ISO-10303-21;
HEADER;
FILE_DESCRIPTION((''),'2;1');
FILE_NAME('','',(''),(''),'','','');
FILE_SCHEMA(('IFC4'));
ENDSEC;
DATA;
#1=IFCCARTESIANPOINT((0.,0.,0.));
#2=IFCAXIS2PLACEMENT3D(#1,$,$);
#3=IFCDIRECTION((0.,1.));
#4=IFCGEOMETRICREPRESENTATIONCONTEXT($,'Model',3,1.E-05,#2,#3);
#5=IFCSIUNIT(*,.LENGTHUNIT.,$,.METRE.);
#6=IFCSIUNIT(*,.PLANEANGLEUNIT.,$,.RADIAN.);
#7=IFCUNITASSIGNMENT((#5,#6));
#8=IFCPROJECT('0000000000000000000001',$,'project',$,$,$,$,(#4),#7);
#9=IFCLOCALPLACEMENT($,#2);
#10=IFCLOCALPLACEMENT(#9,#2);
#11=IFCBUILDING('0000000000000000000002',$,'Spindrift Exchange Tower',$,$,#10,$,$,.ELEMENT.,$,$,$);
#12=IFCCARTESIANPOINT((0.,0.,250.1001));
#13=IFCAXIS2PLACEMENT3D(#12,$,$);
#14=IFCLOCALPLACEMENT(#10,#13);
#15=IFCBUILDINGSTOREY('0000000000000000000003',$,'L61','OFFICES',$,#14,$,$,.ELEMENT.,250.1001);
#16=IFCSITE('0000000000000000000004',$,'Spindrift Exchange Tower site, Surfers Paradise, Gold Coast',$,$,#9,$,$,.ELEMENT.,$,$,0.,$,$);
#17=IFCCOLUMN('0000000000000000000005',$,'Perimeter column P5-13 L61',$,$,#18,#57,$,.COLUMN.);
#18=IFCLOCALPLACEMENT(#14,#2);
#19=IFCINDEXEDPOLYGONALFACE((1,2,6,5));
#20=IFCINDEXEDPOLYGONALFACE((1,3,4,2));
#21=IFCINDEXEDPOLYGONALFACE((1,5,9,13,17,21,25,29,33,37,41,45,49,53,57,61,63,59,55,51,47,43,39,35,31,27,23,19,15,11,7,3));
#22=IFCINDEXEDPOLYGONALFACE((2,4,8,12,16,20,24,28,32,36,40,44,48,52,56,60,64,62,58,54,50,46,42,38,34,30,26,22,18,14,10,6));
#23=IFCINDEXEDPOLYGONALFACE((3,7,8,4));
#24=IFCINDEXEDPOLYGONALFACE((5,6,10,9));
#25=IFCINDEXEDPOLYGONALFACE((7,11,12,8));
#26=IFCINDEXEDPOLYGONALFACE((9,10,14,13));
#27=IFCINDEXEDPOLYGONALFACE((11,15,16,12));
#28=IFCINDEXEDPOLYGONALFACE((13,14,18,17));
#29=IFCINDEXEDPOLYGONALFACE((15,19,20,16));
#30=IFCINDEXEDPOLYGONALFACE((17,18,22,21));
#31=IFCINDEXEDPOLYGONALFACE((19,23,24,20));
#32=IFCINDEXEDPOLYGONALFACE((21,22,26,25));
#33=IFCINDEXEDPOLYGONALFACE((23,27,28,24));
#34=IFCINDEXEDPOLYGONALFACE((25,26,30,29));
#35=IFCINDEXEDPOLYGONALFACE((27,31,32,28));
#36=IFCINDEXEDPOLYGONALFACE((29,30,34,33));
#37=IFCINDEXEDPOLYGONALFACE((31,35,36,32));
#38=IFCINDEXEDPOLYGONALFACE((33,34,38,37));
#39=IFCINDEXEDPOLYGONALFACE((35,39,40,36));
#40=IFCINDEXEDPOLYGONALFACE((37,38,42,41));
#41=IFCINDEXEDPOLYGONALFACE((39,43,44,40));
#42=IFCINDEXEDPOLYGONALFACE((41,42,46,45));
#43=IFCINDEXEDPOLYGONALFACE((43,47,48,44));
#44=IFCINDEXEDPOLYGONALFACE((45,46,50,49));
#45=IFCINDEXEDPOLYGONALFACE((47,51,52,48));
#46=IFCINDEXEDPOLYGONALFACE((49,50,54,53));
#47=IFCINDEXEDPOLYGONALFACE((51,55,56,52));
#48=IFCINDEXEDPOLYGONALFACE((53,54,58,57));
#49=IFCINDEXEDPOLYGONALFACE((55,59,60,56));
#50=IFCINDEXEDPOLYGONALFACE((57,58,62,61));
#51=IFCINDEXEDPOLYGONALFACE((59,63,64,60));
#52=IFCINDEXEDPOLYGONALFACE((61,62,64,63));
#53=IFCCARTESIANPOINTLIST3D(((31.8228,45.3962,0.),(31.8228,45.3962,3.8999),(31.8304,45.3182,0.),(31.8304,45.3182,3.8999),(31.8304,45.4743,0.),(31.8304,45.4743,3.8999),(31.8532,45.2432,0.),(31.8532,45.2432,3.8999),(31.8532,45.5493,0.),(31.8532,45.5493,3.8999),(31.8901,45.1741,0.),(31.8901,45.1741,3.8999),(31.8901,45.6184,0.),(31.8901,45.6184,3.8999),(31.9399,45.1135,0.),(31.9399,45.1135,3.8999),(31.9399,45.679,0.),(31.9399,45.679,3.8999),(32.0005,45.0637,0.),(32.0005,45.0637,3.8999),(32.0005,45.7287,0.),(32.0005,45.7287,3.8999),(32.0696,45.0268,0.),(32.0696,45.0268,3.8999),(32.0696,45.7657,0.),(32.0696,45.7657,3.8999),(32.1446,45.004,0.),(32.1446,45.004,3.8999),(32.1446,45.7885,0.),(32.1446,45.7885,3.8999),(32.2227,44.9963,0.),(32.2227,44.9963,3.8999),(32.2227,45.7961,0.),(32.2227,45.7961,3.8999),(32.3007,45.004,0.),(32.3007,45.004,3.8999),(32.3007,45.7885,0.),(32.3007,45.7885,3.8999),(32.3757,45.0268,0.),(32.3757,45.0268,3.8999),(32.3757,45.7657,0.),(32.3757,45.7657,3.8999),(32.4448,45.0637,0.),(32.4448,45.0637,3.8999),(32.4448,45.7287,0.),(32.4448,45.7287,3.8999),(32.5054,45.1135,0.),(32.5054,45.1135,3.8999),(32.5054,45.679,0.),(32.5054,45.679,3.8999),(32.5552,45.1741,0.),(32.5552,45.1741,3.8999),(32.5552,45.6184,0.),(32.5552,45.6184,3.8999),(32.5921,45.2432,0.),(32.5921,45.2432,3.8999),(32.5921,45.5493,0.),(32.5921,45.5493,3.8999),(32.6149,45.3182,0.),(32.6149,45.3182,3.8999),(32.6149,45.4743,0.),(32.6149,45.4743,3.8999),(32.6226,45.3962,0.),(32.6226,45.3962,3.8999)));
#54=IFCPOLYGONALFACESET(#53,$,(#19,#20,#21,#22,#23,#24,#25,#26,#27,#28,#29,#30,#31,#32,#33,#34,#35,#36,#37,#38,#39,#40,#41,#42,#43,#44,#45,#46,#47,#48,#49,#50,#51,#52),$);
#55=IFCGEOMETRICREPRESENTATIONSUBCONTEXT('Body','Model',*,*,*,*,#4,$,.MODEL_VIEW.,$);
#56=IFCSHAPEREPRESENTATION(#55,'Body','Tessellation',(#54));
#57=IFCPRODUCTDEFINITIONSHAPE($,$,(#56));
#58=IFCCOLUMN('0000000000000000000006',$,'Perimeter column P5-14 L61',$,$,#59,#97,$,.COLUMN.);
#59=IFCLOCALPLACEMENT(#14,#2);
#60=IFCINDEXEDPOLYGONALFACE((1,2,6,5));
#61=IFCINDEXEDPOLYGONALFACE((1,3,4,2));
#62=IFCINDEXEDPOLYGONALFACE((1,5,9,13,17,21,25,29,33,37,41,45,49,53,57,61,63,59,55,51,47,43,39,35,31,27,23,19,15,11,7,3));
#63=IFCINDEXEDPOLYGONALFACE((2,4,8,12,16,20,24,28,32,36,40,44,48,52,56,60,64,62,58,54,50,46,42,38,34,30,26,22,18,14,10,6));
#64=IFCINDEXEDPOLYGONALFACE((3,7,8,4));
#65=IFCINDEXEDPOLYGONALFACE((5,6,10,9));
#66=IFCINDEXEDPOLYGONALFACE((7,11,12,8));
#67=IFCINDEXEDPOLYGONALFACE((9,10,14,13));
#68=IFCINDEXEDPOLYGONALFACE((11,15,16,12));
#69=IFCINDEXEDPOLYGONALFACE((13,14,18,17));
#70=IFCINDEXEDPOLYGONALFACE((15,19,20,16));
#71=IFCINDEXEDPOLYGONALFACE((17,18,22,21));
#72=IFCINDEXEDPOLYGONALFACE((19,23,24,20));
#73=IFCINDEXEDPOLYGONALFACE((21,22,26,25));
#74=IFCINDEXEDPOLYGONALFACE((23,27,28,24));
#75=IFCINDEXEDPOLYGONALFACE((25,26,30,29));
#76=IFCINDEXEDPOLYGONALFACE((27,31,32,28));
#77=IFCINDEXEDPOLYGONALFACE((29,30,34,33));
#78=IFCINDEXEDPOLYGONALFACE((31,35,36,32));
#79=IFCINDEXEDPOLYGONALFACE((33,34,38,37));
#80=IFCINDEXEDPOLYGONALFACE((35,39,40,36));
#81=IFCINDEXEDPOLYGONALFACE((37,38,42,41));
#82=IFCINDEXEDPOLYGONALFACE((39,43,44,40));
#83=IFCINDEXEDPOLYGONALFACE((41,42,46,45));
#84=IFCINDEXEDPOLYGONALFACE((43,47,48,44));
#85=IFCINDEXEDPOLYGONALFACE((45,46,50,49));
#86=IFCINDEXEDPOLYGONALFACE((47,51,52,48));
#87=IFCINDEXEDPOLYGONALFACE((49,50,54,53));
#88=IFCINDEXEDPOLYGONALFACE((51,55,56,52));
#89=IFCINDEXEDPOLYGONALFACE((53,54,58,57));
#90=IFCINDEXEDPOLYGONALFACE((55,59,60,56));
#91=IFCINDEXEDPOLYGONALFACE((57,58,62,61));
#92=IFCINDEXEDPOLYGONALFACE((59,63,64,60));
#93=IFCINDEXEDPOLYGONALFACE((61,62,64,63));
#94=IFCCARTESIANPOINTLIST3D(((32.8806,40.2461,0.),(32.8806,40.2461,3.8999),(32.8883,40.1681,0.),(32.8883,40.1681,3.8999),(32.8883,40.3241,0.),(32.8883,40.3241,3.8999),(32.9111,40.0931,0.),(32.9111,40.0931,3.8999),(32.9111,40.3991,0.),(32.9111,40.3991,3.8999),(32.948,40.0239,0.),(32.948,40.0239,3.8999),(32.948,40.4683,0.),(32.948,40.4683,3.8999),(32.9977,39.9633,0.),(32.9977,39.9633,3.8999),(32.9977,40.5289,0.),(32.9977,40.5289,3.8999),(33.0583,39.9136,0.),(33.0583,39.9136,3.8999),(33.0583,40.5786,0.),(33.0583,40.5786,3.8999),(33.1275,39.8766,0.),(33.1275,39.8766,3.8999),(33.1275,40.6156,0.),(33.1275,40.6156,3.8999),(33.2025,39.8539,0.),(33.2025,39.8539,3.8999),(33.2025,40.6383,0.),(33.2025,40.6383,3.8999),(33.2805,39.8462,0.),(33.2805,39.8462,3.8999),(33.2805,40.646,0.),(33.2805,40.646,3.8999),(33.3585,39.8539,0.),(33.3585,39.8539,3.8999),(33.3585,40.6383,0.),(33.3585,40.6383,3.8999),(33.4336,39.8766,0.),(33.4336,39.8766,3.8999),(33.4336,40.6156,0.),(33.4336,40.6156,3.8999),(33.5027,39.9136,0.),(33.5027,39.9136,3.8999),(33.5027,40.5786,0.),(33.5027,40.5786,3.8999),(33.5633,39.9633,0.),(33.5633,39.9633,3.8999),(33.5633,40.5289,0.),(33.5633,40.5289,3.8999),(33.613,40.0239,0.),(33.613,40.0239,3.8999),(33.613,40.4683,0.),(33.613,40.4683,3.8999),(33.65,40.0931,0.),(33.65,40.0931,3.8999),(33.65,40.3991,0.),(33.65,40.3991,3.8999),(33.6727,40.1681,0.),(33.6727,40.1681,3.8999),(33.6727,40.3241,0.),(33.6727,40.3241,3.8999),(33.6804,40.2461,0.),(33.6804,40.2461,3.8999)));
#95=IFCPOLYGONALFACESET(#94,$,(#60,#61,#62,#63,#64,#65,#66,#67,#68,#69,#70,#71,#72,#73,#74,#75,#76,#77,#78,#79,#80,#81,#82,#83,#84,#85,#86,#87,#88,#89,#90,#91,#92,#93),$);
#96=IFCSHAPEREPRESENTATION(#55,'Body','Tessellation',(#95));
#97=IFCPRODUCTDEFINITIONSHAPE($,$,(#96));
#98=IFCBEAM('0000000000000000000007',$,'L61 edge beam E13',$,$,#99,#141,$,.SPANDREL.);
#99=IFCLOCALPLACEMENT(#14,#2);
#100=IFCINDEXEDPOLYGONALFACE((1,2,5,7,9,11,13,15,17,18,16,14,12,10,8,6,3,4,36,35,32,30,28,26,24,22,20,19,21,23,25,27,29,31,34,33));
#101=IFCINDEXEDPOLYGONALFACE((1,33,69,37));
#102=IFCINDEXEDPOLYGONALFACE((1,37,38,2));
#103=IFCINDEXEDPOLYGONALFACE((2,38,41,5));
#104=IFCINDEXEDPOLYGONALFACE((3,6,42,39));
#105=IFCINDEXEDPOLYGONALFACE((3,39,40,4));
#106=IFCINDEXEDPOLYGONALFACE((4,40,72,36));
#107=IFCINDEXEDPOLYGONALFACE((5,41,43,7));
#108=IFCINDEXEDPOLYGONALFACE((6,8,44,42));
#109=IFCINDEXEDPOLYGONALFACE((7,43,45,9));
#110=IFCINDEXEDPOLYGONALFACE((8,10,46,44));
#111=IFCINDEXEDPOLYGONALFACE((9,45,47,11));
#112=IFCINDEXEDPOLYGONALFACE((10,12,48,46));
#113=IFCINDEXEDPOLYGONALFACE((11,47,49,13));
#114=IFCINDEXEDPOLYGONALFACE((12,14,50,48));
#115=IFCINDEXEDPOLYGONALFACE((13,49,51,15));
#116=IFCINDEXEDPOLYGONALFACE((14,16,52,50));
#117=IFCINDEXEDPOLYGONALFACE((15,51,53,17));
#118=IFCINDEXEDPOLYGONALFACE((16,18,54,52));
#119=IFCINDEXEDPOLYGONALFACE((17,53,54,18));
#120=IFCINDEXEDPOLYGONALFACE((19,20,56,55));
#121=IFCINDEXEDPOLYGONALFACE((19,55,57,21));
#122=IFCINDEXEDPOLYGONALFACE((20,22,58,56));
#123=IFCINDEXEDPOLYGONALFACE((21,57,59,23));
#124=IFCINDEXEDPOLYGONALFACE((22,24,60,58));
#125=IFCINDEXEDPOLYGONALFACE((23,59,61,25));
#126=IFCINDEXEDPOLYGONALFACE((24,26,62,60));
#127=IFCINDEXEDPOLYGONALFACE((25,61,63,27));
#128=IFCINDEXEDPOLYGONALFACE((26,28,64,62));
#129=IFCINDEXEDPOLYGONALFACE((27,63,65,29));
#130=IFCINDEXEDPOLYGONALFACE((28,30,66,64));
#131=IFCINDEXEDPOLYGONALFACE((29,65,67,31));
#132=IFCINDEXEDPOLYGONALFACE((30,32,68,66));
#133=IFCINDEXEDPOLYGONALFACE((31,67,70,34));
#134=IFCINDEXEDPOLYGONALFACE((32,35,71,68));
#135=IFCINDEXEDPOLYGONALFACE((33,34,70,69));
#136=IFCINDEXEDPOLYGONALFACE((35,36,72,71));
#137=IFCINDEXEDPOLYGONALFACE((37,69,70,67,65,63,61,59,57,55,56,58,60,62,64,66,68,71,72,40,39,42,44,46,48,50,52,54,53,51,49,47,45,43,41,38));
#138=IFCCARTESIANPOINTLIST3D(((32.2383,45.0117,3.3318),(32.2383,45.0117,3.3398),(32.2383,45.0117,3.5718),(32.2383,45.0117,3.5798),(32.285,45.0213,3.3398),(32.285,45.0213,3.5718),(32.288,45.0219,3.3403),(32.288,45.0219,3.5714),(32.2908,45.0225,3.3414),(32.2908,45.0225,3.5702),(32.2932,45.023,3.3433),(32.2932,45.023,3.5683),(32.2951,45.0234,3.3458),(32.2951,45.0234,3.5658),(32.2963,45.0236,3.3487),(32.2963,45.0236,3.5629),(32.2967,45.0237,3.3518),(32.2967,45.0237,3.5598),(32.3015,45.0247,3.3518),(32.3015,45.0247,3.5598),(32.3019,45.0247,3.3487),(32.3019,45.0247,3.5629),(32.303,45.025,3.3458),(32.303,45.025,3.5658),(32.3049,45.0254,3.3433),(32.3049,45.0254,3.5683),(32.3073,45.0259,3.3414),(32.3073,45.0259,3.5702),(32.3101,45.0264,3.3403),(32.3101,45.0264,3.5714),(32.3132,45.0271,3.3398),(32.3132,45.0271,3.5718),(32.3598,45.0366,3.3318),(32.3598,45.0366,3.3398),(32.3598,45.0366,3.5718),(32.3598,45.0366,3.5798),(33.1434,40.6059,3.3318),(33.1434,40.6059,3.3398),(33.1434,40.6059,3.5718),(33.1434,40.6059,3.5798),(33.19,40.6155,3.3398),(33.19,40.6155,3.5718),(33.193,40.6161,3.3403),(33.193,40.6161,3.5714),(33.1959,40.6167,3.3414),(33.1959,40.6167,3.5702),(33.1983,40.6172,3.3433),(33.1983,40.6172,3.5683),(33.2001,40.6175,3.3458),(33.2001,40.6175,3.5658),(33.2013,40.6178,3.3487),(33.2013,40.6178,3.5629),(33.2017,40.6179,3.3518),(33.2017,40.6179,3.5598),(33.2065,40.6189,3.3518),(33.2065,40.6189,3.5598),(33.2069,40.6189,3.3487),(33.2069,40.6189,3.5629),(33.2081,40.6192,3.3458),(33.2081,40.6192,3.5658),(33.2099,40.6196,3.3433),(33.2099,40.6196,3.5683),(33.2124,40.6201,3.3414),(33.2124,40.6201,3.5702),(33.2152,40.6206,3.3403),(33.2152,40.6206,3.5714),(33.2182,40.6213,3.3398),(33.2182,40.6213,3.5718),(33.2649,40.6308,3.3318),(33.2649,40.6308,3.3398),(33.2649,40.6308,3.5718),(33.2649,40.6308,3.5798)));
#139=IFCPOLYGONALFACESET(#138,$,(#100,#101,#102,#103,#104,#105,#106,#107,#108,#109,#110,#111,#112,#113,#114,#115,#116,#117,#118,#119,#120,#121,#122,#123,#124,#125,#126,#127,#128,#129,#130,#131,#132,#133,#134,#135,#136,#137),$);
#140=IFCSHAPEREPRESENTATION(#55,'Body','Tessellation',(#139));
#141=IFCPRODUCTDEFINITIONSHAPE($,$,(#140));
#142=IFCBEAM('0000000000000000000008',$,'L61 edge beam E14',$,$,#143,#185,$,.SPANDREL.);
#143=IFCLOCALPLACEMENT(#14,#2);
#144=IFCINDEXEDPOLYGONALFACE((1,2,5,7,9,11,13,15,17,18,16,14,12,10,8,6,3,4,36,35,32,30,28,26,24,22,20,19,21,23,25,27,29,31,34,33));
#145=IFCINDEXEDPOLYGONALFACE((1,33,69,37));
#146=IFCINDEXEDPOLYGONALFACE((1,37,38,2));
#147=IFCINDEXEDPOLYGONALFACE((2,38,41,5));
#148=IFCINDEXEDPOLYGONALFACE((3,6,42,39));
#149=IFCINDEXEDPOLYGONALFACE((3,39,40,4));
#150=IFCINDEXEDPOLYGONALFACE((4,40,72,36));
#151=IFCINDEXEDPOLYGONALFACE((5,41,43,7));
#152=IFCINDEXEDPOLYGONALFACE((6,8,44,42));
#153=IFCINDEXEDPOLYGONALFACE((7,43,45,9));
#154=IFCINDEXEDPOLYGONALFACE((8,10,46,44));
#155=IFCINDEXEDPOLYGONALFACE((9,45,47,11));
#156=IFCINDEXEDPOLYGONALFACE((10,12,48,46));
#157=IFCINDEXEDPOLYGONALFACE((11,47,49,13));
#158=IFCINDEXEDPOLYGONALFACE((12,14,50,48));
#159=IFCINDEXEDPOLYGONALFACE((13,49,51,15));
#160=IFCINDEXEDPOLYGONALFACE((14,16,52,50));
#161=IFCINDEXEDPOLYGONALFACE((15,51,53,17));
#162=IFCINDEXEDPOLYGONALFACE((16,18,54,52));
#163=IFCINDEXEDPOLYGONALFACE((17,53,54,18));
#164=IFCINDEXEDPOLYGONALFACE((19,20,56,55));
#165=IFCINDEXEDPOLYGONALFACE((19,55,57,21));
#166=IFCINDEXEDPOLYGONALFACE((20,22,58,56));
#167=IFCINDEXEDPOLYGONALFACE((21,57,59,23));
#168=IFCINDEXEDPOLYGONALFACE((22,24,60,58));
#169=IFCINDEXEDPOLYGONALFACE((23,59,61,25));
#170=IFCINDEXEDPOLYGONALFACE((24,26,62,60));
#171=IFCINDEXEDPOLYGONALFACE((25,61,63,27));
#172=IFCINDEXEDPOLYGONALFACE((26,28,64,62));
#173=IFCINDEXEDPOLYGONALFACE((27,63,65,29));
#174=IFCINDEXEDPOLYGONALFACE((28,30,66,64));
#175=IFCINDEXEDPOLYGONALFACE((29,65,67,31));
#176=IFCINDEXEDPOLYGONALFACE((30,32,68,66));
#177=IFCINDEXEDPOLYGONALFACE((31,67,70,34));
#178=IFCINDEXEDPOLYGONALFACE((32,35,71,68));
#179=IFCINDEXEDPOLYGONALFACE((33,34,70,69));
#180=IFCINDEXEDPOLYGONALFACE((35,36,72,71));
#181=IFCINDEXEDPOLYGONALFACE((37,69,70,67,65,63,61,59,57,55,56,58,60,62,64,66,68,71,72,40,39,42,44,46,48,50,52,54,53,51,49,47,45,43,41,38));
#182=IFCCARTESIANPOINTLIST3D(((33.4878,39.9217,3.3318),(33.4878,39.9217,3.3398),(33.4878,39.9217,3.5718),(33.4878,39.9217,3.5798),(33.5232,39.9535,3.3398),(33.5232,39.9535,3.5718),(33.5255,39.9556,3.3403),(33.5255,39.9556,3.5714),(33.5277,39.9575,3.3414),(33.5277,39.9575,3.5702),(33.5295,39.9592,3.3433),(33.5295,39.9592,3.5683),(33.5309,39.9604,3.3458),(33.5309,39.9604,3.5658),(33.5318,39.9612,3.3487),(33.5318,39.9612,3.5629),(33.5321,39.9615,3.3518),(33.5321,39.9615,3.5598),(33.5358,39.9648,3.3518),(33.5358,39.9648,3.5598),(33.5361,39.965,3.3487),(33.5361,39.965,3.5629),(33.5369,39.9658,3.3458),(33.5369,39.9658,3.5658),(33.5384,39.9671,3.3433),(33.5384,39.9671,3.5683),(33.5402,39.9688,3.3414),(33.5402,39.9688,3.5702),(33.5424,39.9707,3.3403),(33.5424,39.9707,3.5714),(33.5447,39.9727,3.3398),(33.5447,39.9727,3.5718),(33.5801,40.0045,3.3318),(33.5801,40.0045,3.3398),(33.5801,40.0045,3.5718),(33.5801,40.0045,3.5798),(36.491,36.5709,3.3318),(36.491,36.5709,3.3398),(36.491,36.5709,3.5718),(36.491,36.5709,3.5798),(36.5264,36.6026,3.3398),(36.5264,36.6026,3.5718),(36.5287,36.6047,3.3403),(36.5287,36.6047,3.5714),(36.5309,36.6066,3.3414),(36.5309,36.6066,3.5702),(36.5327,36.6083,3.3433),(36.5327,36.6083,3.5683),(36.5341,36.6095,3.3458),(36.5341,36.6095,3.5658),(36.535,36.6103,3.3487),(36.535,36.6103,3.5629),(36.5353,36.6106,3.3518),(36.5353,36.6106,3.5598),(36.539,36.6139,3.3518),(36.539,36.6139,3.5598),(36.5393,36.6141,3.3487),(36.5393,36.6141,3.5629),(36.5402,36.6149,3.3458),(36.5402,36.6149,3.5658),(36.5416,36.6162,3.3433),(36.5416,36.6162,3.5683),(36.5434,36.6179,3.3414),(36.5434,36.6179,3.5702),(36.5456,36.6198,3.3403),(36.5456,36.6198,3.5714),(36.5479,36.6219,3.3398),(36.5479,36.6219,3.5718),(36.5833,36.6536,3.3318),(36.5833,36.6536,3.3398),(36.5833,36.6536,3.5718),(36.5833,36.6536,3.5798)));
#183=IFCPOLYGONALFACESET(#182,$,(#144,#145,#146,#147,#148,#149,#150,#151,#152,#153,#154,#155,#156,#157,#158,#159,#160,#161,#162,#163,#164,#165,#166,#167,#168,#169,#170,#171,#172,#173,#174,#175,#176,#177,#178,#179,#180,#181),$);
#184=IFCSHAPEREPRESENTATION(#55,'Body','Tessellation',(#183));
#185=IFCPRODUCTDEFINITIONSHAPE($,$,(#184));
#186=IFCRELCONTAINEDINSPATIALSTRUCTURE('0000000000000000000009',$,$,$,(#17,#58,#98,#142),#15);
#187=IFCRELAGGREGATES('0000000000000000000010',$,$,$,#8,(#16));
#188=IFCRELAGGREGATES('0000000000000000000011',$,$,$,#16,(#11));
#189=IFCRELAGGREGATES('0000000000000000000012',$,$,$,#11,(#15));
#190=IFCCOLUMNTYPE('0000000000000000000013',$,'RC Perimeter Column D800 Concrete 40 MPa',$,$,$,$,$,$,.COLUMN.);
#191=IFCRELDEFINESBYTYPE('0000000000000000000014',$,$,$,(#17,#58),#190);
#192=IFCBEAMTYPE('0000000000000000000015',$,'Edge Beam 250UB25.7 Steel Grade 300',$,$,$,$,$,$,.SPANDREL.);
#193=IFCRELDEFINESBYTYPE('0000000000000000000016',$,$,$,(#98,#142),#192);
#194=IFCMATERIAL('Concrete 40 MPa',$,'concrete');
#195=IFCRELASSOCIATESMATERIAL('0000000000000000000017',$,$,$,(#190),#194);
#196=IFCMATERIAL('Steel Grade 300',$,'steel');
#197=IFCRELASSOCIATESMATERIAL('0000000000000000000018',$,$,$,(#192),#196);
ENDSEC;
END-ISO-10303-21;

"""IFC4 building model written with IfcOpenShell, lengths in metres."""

from ifc_helpers import new_model, si_unit, direction, frame, origin, origin_2d, place, context, subcontext, project, spatial, circle, i_section, extrude, source, transform, mapped, material, material_profile, profile_set, type_object, element, save


model = new_model("IFC4")

# Units and contexts
model_context = context("Model", 3, precision=1e-05, world=origin(), true_north=direction((0.0, 1.0)))
body_context = subcontext(model_context, "Body", "Model", "MODEL_VIEW")
ifc_project = project(units=[si_unit("LENGTHUNIT", "METRE"), si_unit("PLANEANGLEUNIT", "RADIAN")], contexts=[model_context])

# Site, building, storey
site_placement = place(None, origin())
site = spatial("IfcSite", under=ifc_project, at=site_placement, Name="Spindrift Exchange Tower site, Surfers Paradise, Gold Coast", CompositionType="ELEMENT", RefElevation=0.0)
building_placement = place(site_placement, origin())
building = spatial("IfcBuilding", under=site, at=building_placement, Name="Spindrift Exchange Tower", CompositionType="ELEMENT")
storey_placement = place(building_placement, frame((0.0, 0.0, 250.1001)))
storey = spatial("IfcBuildingStorey", under=building, at=storey_placement, Name="L61", Description="OFFICES", CompositionType="ELEMENT", Elevation=250.1001)

# Columns
ifc_material_1 = material(Name="Concrete 40 MPa", Category="concrete")
ifc_material_profile_1 = material_profile(ifc_material_1, circle(Radius=0.3999, at=origin_2d()), Name="RC D800")
ifc_profile_set_1 = profile_set([ifc_material_profile_1], Name="Concrete 40 MPa")
column_type = type_object("IfcColumnType", Name="RC Perimeter Column D800 Concrete 40 MPa", PredefinedType="COLUMN", material=ifc_profile_set_1)
shared_shape_1 = source(origin(), body_context, "Body", "SweptSolid", [
    extrude(circle(Radius=0.3999, at=origin_2d()), origin(), (0.0, 0.0, 1.0), 3.8999),
])
for number, where, z_axis, x_axis, name in (
    (1, (32.2227, 45.3962, 0.0), (0.0, 0.0, 1.0), (1.0, 0.0, 0.0), "Perimeter column P5-13 L61"),
    (2, (33.2805, 40.2461, 0.0), (0.0, 0.0, 1.0), (1.0, 0.0, 0.0), "Perimeter column P5-14 L61"),
):
    element("IfcColumn", number, at=place(storey_placement, frame(where, z_axis=z_axis, x_axis=x_axis)), inside=storey, type_object=column_type, Name=name, PredefinedType="COLUMN", context=body_context, shape_type="MappedRepresentation", body=[
        mapped(shared_shape_1, transform((0.0, 0.0, 0.0), scale=1.0)),
    ])

# Beams
ifc_material_2 = material(Name="Steel Grade 300", Category="steel")
ifc_material_profile_2 = material_profile(ifc_material_2, i_section(OverallWidth=0.124, OverallDepth=0.248, WebThickness=0.0049, FlangeThickness=0.0081, FilletRadius=0.012, at=origin_2d()), Name="250UB25.7")
ifc_profile_set_2 = profile_set([ifc_material_profile_2], Name="Steel Grade 300")
beam_type_1 = type_object("IfcBeamType", Name="Edge Beam 250UB25.7 Steel Grade 300", PredefinedType="SPANDREL", material=ifc_profile_set_2)
shared_shape_2 = source(origin(), body_context, "Body", "SweptSolid", [
    extrude(i_section(OverallWidth=0.124, OverallDepth=0.248, WebThickness=0.0049, FlangeThickness=0.0081, FilletRadius=0.012, at=origin_2d()), origin(), (0.0, 0.0, 1.0), 4.4978),
])
beam_1_placement = place(storey_placement, frame((32.2991, 45.0242, 3.4558), z_axis=(0.201218, -0.979546, 0.0), x_axis=(0.979546, 0.201218, 0.0)))
element("IfcBeam", 3, at=beam_1_placement, inside=storey, type_object=beam_type_1, Name="L61 edge beam E13", PredefinedType="SPANDREL", context=body_context, shape_type="MappedRepresentation", body=[
    mapped(shared_shape_2, transform((0.0, 0.0, 0.0), scale=1.0)),
])
shared_shape_3 = source(origin(), body_context, "Body", "SweptSolid", [
    extrude(i_section(OverallWidth=0.124, OverallDepth=0.248, WebThickness=0.0049, FlangeThickness=0.0081, FilletRadius=0.012, at=origin_2d()), origin(), (0.0, 0.0, 1.0), 4.4998),
])
beam_2_placement = place(storey_placement, frame((33.5339, 39.9631, 3.4558), z_axis=(0.66742, -0.744682, 0.0), x_axis=(0.744682, 0.66742, 0.0)))
element("IfcBeam", 4, at=beam_2_placement, inside=storey, type_object=beam_type_1, Name="L61 edge beam E14", PredefinedType="SPANDREL", context=body_context, shape_type="MappedRepresentation", body=[
    mapped(shared_shape_3, transform((0.0, 0.0, 0.0), scale=1.0)),
])

save(model, "model.ifc")
